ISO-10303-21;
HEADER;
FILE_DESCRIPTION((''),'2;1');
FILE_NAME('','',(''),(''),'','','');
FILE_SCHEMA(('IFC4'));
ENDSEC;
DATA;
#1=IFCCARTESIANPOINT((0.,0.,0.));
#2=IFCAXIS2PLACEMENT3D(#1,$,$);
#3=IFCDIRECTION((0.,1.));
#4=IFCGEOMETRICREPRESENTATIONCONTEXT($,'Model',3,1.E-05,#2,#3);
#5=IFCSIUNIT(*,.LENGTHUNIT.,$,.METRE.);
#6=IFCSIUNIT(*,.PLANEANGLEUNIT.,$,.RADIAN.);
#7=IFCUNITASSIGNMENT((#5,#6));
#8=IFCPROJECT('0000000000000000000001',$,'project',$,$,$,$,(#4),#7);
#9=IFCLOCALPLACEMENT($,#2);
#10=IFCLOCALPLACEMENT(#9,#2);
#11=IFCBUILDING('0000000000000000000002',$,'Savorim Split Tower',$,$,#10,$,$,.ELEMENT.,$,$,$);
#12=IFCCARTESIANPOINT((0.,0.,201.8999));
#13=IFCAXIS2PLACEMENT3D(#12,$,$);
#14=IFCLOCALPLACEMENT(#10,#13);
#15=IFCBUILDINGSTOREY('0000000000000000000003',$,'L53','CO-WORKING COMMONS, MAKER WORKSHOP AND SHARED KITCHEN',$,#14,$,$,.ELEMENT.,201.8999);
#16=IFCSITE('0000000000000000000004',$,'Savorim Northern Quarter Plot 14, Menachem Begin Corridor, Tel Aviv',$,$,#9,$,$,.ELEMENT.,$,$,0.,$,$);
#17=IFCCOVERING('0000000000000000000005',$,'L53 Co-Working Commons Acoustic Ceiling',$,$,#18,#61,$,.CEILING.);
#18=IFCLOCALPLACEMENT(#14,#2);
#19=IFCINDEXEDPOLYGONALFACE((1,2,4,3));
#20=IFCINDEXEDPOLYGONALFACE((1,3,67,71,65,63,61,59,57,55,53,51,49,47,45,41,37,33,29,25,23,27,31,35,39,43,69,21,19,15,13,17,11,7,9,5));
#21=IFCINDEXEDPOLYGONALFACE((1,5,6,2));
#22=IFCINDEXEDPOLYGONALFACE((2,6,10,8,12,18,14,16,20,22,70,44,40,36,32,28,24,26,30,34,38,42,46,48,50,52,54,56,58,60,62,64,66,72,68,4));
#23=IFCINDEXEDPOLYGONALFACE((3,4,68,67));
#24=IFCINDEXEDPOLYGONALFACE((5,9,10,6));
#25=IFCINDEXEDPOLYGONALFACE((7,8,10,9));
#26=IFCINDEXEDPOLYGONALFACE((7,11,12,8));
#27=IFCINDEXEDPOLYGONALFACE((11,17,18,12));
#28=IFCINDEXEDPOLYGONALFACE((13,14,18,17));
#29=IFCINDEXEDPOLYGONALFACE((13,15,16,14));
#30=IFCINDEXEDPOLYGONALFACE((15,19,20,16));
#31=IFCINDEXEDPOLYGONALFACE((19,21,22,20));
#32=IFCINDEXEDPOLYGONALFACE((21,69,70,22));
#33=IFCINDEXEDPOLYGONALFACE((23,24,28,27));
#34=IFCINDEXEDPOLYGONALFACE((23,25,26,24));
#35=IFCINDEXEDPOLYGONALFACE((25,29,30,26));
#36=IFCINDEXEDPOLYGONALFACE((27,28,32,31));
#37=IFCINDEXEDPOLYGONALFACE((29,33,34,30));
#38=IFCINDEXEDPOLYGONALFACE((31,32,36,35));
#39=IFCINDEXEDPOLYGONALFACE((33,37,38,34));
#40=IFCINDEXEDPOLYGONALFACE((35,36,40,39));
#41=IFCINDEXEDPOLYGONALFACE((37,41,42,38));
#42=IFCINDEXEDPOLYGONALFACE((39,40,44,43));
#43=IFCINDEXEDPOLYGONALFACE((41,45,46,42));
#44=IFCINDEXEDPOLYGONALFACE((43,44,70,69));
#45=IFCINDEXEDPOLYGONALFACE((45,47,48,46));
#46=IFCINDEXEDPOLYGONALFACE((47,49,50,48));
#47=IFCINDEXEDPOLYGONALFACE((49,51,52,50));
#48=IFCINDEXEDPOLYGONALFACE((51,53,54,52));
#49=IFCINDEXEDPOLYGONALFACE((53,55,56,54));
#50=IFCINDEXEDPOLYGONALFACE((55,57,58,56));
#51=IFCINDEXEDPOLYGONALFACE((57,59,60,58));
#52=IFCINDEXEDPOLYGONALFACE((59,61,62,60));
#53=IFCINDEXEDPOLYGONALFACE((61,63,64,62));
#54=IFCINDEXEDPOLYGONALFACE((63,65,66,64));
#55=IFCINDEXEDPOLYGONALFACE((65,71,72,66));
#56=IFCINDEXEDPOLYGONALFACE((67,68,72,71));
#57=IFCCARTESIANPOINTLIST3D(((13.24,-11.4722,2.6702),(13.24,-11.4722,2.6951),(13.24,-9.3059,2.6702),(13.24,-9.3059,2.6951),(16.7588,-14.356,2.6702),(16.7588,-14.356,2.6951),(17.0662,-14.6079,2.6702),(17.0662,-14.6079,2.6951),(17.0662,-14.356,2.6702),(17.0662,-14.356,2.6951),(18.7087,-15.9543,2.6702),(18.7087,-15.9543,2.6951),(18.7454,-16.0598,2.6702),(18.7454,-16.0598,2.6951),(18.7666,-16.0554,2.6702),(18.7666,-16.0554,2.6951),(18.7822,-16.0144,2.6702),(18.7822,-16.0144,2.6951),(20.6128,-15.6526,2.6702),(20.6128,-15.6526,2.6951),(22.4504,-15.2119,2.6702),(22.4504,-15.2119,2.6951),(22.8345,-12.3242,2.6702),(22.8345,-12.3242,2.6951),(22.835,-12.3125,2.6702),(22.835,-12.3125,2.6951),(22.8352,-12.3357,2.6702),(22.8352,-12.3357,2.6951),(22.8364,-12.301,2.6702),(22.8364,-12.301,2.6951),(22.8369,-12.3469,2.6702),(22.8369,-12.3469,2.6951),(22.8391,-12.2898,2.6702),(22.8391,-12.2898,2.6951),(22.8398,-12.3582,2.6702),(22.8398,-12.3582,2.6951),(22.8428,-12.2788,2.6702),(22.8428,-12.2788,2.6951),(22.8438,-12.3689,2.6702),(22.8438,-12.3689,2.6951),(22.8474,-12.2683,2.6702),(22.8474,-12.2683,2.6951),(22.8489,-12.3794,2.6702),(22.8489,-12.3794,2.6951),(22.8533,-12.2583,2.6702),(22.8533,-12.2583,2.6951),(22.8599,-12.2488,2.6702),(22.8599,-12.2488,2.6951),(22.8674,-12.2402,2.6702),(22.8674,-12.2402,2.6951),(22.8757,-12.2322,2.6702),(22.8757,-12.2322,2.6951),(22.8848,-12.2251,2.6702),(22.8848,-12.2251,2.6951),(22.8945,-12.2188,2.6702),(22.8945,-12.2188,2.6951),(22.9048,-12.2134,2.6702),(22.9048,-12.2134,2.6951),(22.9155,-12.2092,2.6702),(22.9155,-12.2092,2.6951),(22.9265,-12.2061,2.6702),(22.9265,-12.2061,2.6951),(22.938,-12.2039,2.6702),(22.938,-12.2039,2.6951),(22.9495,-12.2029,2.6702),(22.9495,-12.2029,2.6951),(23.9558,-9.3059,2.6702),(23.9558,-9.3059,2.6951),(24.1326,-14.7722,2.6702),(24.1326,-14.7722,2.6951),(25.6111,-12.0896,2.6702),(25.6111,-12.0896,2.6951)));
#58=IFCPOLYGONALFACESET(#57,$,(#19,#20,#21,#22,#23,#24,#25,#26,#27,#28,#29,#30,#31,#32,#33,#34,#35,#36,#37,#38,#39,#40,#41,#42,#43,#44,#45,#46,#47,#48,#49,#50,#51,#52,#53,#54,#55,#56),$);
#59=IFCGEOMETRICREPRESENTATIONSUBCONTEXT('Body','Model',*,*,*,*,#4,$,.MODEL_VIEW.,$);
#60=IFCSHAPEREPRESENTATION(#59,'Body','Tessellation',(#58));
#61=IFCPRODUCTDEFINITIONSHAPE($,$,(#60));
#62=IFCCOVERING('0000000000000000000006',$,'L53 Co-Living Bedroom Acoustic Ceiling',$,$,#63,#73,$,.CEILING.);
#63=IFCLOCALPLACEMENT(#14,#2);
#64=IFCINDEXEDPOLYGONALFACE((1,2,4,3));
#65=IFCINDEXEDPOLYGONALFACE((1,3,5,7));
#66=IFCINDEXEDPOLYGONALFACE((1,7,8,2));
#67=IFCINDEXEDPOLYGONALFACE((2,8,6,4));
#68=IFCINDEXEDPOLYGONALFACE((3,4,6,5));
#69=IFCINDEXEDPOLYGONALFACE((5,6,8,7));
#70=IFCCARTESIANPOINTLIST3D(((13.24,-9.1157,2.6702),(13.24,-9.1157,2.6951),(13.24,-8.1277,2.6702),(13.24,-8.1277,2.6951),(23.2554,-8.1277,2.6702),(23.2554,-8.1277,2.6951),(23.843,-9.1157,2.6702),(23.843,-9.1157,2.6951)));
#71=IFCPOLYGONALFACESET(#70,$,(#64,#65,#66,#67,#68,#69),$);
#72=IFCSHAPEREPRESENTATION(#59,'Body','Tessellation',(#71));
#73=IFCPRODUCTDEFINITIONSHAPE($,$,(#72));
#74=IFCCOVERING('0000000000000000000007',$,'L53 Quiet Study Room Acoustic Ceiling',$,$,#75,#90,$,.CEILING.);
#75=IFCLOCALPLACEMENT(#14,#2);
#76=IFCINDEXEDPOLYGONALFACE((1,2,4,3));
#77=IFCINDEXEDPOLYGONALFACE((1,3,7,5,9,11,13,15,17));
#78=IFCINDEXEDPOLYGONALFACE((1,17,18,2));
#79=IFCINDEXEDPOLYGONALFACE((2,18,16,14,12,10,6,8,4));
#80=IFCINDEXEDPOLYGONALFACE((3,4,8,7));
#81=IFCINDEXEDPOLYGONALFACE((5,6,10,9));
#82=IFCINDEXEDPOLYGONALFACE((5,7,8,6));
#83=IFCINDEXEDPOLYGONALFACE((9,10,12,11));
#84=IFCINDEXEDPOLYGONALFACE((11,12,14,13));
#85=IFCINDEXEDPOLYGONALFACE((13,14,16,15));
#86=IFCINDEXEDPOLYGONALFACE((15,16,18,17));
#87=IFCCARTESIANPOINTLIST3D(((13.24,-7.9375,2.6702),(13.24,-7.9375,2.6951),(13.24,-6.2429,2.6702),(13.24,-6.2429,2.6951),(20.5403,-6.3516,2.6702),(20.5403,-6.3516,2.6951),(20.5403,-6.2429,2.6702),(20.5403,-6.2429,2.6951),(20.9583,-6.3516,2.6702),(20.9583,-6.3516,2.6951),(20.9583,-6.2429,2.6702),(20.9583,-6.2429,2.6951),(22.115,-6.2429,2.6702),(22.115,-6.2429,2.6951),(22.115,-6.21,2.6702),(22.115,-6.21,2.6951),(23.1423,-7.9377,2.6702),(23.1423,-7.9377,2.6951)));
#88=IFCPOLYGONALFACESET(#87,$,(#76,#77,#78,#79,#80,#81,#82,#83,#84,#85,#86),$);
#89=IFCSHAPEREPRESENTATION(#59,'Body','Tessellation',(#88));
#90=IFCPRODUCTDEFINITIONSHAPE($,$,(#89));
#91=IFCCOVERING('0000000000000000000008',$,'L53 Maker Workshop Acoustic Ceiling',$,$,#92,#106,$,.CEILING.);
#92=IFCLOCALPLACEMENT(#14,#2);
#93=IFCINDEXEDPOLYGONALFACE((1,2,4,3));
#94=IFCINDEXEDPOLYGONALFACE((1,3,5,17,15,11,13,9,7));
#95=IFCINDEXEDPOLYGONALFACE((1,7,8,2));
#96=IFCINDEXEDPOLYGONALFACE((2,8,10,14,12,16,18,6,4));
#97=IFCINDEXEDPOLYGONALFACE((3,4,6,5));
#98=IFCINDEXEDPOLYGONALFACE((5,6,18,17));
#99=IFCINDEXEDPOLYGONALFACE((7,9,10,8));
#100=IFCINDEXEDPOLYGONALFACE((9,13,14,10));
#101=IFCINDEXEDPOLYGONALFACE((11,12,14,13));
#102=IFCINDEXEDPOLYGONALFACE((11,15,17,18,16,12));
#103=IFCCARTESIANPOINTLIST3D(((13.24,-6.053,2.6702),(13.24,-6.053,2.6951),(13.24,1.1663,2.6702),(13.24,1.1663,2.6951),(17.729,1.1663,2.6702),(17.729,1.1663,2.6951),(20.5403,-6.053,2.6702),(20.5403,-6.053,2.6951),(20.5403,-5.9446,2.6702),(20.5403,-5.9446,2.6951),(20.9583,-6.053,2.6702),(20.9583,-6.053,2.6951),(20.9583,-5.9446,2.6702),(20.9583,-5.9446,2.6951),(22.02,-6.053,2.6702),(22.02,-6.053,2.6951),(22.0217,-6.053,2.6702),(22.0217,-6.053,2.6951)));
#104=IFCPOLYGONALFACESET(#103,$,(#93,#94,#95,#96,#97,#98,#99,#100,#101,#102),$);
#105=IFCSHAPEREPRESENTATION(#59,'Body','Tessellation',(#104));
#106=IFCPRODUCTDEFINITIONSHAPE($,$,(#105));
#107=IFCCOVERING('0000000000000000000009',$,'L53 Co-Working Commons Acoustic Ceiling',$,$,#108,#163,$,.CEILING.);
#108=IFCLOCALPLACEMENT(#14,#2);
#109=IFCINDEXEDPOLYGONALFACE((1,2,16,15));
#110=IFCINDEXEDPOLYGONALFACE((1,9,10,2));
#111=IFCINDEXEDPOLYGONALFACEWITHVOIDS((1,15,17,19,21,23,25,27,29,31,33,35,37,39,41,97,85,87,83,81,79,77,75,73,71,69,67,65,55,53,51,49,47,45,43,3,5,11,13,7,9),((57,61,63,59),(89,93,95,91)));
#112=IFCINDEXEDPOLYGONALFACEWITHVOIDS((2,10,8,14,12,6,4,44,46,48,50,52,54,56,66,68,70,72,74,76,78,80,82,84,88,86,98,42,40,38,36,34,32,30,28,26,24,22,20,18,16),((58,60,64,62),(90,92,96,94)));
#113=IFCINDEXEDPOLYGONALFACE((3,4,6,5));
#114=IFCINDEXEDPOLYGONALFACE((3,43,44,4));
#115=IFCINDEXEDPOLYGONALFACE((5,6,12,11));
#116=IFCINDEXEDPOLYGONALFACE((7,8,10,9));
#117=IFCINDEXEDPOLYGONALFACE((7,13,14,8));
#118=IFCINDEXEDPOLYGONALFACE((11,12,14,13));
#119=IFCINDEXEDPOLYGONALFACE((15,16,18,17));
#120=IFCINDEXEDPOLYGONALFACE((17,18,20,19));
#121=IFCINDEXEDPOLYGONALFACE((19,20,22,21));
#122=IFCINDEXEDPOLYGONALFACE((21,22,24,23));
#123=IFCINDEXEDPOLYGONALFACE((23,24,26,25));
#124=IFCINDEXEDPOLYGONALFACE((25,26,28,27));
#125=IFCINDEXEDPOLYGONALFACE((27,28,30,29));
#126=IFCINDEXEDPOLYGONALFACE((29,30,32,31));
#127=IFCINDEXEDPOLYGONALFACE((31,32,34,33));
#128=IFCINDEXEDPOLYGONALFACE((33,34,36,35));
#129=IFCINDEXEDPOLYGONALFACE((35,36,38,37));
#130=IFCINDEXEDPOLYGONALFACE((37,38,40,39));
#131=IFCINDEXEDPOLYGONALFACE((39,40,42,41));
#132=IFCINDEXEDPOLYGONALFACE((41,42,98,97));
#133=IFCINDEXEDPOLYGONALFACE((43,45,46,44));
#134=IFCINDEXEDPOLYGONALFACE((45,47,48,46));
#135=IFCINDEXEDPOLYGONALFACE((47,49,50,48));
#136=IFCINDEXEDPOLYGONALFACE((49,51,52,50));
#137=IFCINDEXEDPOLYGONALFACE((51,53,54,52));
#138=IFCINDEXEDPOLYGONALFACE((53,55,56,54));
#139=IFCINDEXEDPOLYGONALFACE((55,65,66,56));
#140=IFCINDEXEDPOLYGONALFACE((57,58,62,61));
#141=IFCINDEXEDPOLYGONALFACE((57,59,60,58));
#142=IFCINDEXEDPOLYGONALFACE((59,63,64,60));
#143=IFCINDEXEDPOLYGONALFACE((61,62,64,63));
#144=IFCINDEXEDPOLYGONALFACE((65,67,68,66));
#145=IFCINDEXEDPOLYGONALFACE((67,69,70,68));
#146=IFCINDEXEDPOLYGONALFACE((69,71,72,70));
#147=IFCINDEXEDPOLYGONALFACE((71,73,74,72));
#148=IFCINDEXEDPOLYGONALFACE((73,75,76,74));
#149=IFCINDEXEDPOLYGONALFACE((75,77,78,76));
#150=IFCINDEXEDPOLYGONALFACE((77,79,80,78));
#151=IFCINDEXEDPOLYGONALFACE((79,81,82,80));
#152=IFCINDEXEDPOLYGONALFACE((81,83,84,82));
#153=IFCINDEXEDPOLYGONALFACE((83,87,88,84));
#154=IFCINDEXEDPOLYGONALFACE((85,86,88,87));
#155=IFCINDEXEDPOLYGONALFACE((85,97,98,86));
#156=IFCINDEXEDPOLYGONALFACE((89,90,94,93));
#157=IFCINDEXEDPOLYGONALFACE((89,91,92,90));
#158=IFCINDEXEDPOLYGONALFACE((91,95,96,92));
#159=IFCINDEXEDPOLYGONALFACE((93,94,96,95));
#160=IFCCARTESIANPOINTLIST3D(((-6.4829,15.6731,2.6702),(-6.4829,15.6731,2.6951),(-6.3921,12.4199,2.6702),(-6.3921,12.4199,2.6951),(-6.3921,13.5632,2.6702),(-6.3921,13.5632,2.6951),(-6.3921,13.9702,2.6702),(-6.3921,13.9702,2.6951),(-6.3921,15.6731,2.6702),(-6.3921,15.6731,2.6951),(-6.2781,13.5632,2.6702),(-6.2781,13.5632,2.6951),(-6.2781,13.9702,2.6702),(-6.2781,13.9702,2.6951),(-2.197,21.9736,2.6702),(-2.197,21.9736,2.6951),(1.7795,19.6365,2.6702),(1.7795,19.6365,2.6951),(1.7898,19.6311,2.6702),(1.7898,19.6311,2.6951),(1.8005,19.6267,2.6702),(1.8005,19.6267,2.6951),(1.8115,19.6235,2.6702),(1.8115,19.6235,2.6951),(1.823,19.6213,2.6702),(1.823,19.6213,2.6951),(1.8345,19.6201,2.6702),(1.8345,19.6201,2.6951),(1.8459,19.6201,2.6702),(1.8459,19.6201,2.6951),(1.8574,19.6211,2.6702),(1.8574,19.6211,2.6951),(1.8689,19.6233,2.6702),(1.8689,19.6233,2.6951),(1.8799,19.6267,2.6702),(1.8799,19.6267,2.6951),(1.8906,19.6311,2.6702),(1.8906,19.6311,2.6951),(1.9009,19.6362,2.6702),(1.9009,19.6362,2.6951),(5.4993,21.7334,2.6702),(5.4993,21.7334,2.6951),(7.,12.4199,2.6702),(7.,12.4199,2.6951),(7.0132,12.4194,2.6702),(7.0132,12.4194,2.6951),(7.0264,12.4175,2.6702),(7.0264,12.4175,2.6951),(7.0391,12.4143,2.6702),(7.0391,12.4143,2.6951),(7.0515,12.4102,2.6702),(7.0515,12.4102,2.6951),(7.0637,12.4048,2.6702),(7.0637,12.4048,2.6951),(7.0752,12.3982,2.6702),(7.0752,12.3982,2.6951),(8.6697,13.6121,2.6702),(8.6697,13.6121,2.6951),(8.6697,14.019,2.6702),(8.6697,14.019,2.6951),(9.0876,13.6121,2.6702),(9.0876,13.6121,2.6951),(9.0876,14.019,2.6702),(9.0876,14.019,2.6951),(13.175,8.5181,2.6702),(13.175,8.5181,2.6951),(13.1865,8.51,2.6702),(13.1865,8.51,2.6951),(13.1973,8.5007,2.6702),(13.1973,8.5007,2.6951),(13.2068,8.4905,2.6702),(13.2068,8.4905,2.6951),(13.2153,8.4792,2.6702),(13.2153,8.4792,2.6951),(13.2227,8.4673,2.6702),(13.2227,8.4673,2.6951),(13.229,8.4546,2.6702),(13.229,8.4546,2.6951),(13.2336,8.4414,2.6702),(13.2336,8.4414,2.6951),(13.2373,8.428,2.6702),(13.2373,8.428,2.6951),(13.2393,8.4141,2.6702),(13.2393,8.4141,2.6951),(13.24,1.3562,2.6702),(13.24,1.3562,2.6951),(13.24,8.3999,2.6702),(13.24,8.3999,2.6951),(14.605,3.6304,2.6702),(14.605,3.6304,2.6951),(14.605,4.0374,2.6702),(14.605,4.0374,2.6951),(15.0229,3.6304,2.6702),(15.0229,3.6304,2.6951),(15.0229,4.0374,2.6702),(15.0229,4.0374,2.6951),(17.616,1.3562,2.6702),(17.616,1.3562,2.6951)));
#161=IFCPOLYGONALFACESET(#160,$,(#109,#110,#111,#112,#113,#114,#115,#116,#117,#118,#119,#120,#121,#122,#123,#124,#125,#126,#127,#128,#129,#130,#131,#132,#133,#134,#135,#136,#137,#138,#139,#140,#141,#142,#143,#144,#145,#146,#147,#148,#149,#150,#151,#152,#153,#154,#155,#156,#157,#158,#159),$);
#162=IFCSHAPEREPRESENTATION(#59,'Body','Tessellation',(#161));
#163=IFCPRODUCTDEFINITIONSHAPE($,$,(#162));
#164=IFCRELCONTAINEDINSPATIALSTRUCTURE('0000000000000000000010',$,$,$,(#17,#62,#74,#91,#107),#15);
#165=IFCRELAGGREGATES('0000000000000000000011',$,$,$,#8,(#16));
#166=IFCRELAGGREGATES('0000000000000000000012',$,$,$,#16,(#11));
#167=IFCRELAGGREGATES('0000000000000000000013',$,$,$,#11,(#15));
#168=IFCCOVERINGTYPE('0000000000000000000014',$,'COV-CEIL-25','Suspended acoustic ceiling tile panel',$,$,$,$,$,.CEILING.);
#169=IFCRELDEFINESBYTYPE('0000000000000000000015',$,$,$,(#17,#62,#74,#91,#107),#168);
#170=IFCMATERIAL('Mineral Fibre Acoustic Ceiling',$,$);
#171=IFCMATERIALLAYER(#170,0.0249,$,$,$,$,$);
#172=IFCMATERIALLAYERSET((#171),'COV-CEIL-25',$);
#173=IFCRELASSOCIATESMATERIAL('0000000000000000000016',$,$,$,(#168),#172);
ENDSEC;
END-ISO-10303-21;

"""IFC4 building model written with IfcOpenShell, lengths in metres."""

from ifc_helpers import new_model, si_unit, direction, frame, origin, place, context, subcontext, project, spatial, polyline, outline, extrude, material, layer, layer_set, type_object, element, save


model = new_model("IFC4")

# Units and contexts
model_context = context("Model", 3, precision=1e-05, world=origin(), true_north=direction((0.0, 1.0)))
body_context = subcontext(model_context, "Body", "Model", "MODEL_VIEW")
ifc_project = project(units=[si_unit("LENGTHUNIT", "METRE"), si_unit("PLANEANGLEUNIT", "RADIAN")], contexts=[model_context])

# Site, building, storey
site_placement = place(None, origin())
site = spatial("IfcSite", under=ifc_project, at=site_placement, Name="Savorim Northern Quarter Plot 14, Menachem Begin Corridor, Tel Aviv", CompositionType="ELEMENT", RefElevation=0.0)
building_placement = place(site_placement, origin())
building = spatial("IfcBuilding", under=site, at=building_placement, Name="Savorim Split Tower", CompositionType="ELEMENT")
storey_placement = place(building_placement, frame((0.0, 0.0, 201.8999)))
storey = spatial("IfcBuildingStorey", under=building, at=storey_placement, Name="L53", Description="CO-WORKING COMMONS, MAKER WORKSHOP AND SHARED KITCHEN", CompositionType="ELEMENT", Elevation=201.8999)

# Coverings
ifc_material_1 = material(Name="Mineral Fibre Acoustic Ceiling")
ifc_layer_1 = layer(ifc_material_1, 0.0249)
ifc_layer_set_1 = layer_set([ifc_layer_1], Name="COV-CEIL-25")
covering_type_1 = type_object("IfcCoveringType", Name="COV-CEIL-25", Description="Suspended acoustic ceiling tile panel", PredefinedType="CEILING", material=ifc_layer_set_1)
covering_1_placement = place(storey_placement, frame((0.0, 0.0, 2.6702)))
element("IfcCovering", 1, at=covering_1_placement, inside=storey, type_object=covering_type_1, Name="L53 Co-Working Commons Acoustic Ceiling", PredefinedType="CEILING", context=body_context, shape_type="SweptSolid", body=[
    extrude(outline(polyline([(22.9265, -12.2061), (22.938, -12.2039), (22.9495, -12.2029), (25.6111, -12.0896), (23.9558, -9.3059), (13.24, -9.3059), (13.24, -11.4722), (16.7588, -14.356), (17.0662, -14.356), (17.0662, -14.6079), (18.7087, -15.9543), (18.7822, -16.0144), (18.7454, -16.0598), (18.7666, -16.0554), (20.6128, -15.6526), (22.4504, -15.2119), (24.1326, -14.7722), (22.8489, -12.3794), (22.8438, -12.3689), (22.8398, -12.3582), (22.8369, -12.3469), (22.8352, -12.3357), (22.8345, -12.3242), (22.835, -12.3125), (22.8364, -12.301), (22.8391, -12.2898), (22.8428, -12.2788), (22.8474, -12.2683), (22.8533, -12.2583), (22.8599, -12.2488), (22.8674, -12.2402), (22.8757, -12.2322), (22.8848, -12.2251), (22.8945, -12.2188), (22.9048, -12.2134), (22.9155, -12.2092), (22.9265, -12.2061)])), origin(), (0.0, 0.0, 1.0), 0.0249),
])
covering_2_placement = place(storey_placement, frame((0.0, 0.0, 2.6702)))
element("IfcCovering", 2, at=covering_2_placement, inside=storey, type_object=covering_type_1, Name="L53 Co-Living Bedroom Acoustic Ceiling", PredefinedType="CEILING", context=body_context, shape_type="SweptSolid", body=[
    extrude(outline(polyline([(23.843, -9.1157), (23.2554, -8.1277), (13.24, -8.1277), (13.24, -9.1157), (23.843, -9.1157)])), origin(), (0.0, 0.0, 1.0), 0.0249),
])
covering_3_placement = place(storey_placement, frame((0.0, 0.0, 2.6702)))
element("IfcCovering", 3, at=covering_3_placement, inside=storey, type_object=covering_type_1, Name="L53 Quiet Study Room Acoustic Ceiling", PredefinedType="CEILING", context=body_context, shape_type="SweptSolid", body=[
    extrude(outline(polyline([(20.5403, -6.3516), (20.5403, -6.2429), (13.24, -6.2429), (13.24, -7.9375), (23.1423, -7.9377), (22.115, -6.21), (22.115, -6.2429), (20.9583, -6.2429), (20.9583, -6.3516), (20.5403, -6.3516)])), origin(), (0.0, 0.0, 1.0), 0.0249),
])
covering_4_placement = place(storey_placement, frame((0.0, 0.0, 2.6702)))
element("IfcCovering", 4, at=covering_4_placement, inside=storey, type_object=covering_type_1, Name="L53 Maker Workshop Acoustic Ceiling", PredefinedType="CEILING", context=body_context, shape_type="SweptSolid", body=[
    extrude(outline(polyline([(20.9583, -6.053), (22.02, -6.053), (22.0217, -6.053), (17.729, 1.1663), (13.24, 1.1663), (13.24, -6.053), (20.5403, -6.053), (20.5403, -5.9446), (20.9583, -5.9446), (20.9583, -6.053)])), origin(), (0.0, 0.0, 1.0), 0.0249),
])
covering_5_placement = place(storey_placement, frame((0.0, 0.0, 2.6702)))
element("IfcCovering", 5, at=covering_5_placement, inside=storey, type_object=covering_type_1, Name="L53 Co-Working Commons Acoustic Ceiling", PredefinedType="CEILING", context=body_context, shape_type="SweptSolid", body=[
    extrude(outline(polyline([(1.8005, 19.6267), (1.7898, 19.6311), (1.7795, 19.6365), (-2.197, 21.9736), (-6.4829, 15.6731), (-6.3921, 15.6731), (-6.3921, 13.9702), (-6.2781, 13.9702), (-6.2781, 13.5632), (-6.3921, 13.5632), (-6.3921, 12.4199), (7.0, 12.4199), (7.0132, 12.4194), (7.0264, 12.4175), (7.0391, 12.4143), (7.0515, 12.4102), (7.0637, 12.4048), (7.0752, 12.3982), (13.175, 8.5181), (13.1865, 8.51), (13.1973, 8.5007), (13.2068, 8.4905), (13.2153, 8.4792), (13.2227, 8.4673), (13.229, 8.4546), (13.2336, 8.4414), (13.2373, 8.428), (13.2393, 8.4141), (13.24, 8.3999), (13.24, 1.3562), (17.616, 1.3562), (5.4993, 21.7334), (1.9009, 19.6362), (1.8906, 19.6311), (1.8799, 19.6267), (1.8689, 19.6233), (1.8574, 19.6211), (1.8459, 19.6201), (1.8345, 19.6201), (1.823, 19.6213), (1.8115, 19.6235), (1.8005, 19.6267)]), holes=[polyline([(15.0229, 3.6304), (15.0229, 4.0374), (14.605, 4.0374), (14.605, 3.6304), (15.0229, 3.6304)]), polyline([(9.0876, 14.019), (8.6697, 14.019), (8.6697, 13.6121), (9.0876, 13.6121), (9.0876, 14.019)])]), origin(), (0.0, 0.0, 1.0), 0.0249),
])

save(model, "model.ifc")
